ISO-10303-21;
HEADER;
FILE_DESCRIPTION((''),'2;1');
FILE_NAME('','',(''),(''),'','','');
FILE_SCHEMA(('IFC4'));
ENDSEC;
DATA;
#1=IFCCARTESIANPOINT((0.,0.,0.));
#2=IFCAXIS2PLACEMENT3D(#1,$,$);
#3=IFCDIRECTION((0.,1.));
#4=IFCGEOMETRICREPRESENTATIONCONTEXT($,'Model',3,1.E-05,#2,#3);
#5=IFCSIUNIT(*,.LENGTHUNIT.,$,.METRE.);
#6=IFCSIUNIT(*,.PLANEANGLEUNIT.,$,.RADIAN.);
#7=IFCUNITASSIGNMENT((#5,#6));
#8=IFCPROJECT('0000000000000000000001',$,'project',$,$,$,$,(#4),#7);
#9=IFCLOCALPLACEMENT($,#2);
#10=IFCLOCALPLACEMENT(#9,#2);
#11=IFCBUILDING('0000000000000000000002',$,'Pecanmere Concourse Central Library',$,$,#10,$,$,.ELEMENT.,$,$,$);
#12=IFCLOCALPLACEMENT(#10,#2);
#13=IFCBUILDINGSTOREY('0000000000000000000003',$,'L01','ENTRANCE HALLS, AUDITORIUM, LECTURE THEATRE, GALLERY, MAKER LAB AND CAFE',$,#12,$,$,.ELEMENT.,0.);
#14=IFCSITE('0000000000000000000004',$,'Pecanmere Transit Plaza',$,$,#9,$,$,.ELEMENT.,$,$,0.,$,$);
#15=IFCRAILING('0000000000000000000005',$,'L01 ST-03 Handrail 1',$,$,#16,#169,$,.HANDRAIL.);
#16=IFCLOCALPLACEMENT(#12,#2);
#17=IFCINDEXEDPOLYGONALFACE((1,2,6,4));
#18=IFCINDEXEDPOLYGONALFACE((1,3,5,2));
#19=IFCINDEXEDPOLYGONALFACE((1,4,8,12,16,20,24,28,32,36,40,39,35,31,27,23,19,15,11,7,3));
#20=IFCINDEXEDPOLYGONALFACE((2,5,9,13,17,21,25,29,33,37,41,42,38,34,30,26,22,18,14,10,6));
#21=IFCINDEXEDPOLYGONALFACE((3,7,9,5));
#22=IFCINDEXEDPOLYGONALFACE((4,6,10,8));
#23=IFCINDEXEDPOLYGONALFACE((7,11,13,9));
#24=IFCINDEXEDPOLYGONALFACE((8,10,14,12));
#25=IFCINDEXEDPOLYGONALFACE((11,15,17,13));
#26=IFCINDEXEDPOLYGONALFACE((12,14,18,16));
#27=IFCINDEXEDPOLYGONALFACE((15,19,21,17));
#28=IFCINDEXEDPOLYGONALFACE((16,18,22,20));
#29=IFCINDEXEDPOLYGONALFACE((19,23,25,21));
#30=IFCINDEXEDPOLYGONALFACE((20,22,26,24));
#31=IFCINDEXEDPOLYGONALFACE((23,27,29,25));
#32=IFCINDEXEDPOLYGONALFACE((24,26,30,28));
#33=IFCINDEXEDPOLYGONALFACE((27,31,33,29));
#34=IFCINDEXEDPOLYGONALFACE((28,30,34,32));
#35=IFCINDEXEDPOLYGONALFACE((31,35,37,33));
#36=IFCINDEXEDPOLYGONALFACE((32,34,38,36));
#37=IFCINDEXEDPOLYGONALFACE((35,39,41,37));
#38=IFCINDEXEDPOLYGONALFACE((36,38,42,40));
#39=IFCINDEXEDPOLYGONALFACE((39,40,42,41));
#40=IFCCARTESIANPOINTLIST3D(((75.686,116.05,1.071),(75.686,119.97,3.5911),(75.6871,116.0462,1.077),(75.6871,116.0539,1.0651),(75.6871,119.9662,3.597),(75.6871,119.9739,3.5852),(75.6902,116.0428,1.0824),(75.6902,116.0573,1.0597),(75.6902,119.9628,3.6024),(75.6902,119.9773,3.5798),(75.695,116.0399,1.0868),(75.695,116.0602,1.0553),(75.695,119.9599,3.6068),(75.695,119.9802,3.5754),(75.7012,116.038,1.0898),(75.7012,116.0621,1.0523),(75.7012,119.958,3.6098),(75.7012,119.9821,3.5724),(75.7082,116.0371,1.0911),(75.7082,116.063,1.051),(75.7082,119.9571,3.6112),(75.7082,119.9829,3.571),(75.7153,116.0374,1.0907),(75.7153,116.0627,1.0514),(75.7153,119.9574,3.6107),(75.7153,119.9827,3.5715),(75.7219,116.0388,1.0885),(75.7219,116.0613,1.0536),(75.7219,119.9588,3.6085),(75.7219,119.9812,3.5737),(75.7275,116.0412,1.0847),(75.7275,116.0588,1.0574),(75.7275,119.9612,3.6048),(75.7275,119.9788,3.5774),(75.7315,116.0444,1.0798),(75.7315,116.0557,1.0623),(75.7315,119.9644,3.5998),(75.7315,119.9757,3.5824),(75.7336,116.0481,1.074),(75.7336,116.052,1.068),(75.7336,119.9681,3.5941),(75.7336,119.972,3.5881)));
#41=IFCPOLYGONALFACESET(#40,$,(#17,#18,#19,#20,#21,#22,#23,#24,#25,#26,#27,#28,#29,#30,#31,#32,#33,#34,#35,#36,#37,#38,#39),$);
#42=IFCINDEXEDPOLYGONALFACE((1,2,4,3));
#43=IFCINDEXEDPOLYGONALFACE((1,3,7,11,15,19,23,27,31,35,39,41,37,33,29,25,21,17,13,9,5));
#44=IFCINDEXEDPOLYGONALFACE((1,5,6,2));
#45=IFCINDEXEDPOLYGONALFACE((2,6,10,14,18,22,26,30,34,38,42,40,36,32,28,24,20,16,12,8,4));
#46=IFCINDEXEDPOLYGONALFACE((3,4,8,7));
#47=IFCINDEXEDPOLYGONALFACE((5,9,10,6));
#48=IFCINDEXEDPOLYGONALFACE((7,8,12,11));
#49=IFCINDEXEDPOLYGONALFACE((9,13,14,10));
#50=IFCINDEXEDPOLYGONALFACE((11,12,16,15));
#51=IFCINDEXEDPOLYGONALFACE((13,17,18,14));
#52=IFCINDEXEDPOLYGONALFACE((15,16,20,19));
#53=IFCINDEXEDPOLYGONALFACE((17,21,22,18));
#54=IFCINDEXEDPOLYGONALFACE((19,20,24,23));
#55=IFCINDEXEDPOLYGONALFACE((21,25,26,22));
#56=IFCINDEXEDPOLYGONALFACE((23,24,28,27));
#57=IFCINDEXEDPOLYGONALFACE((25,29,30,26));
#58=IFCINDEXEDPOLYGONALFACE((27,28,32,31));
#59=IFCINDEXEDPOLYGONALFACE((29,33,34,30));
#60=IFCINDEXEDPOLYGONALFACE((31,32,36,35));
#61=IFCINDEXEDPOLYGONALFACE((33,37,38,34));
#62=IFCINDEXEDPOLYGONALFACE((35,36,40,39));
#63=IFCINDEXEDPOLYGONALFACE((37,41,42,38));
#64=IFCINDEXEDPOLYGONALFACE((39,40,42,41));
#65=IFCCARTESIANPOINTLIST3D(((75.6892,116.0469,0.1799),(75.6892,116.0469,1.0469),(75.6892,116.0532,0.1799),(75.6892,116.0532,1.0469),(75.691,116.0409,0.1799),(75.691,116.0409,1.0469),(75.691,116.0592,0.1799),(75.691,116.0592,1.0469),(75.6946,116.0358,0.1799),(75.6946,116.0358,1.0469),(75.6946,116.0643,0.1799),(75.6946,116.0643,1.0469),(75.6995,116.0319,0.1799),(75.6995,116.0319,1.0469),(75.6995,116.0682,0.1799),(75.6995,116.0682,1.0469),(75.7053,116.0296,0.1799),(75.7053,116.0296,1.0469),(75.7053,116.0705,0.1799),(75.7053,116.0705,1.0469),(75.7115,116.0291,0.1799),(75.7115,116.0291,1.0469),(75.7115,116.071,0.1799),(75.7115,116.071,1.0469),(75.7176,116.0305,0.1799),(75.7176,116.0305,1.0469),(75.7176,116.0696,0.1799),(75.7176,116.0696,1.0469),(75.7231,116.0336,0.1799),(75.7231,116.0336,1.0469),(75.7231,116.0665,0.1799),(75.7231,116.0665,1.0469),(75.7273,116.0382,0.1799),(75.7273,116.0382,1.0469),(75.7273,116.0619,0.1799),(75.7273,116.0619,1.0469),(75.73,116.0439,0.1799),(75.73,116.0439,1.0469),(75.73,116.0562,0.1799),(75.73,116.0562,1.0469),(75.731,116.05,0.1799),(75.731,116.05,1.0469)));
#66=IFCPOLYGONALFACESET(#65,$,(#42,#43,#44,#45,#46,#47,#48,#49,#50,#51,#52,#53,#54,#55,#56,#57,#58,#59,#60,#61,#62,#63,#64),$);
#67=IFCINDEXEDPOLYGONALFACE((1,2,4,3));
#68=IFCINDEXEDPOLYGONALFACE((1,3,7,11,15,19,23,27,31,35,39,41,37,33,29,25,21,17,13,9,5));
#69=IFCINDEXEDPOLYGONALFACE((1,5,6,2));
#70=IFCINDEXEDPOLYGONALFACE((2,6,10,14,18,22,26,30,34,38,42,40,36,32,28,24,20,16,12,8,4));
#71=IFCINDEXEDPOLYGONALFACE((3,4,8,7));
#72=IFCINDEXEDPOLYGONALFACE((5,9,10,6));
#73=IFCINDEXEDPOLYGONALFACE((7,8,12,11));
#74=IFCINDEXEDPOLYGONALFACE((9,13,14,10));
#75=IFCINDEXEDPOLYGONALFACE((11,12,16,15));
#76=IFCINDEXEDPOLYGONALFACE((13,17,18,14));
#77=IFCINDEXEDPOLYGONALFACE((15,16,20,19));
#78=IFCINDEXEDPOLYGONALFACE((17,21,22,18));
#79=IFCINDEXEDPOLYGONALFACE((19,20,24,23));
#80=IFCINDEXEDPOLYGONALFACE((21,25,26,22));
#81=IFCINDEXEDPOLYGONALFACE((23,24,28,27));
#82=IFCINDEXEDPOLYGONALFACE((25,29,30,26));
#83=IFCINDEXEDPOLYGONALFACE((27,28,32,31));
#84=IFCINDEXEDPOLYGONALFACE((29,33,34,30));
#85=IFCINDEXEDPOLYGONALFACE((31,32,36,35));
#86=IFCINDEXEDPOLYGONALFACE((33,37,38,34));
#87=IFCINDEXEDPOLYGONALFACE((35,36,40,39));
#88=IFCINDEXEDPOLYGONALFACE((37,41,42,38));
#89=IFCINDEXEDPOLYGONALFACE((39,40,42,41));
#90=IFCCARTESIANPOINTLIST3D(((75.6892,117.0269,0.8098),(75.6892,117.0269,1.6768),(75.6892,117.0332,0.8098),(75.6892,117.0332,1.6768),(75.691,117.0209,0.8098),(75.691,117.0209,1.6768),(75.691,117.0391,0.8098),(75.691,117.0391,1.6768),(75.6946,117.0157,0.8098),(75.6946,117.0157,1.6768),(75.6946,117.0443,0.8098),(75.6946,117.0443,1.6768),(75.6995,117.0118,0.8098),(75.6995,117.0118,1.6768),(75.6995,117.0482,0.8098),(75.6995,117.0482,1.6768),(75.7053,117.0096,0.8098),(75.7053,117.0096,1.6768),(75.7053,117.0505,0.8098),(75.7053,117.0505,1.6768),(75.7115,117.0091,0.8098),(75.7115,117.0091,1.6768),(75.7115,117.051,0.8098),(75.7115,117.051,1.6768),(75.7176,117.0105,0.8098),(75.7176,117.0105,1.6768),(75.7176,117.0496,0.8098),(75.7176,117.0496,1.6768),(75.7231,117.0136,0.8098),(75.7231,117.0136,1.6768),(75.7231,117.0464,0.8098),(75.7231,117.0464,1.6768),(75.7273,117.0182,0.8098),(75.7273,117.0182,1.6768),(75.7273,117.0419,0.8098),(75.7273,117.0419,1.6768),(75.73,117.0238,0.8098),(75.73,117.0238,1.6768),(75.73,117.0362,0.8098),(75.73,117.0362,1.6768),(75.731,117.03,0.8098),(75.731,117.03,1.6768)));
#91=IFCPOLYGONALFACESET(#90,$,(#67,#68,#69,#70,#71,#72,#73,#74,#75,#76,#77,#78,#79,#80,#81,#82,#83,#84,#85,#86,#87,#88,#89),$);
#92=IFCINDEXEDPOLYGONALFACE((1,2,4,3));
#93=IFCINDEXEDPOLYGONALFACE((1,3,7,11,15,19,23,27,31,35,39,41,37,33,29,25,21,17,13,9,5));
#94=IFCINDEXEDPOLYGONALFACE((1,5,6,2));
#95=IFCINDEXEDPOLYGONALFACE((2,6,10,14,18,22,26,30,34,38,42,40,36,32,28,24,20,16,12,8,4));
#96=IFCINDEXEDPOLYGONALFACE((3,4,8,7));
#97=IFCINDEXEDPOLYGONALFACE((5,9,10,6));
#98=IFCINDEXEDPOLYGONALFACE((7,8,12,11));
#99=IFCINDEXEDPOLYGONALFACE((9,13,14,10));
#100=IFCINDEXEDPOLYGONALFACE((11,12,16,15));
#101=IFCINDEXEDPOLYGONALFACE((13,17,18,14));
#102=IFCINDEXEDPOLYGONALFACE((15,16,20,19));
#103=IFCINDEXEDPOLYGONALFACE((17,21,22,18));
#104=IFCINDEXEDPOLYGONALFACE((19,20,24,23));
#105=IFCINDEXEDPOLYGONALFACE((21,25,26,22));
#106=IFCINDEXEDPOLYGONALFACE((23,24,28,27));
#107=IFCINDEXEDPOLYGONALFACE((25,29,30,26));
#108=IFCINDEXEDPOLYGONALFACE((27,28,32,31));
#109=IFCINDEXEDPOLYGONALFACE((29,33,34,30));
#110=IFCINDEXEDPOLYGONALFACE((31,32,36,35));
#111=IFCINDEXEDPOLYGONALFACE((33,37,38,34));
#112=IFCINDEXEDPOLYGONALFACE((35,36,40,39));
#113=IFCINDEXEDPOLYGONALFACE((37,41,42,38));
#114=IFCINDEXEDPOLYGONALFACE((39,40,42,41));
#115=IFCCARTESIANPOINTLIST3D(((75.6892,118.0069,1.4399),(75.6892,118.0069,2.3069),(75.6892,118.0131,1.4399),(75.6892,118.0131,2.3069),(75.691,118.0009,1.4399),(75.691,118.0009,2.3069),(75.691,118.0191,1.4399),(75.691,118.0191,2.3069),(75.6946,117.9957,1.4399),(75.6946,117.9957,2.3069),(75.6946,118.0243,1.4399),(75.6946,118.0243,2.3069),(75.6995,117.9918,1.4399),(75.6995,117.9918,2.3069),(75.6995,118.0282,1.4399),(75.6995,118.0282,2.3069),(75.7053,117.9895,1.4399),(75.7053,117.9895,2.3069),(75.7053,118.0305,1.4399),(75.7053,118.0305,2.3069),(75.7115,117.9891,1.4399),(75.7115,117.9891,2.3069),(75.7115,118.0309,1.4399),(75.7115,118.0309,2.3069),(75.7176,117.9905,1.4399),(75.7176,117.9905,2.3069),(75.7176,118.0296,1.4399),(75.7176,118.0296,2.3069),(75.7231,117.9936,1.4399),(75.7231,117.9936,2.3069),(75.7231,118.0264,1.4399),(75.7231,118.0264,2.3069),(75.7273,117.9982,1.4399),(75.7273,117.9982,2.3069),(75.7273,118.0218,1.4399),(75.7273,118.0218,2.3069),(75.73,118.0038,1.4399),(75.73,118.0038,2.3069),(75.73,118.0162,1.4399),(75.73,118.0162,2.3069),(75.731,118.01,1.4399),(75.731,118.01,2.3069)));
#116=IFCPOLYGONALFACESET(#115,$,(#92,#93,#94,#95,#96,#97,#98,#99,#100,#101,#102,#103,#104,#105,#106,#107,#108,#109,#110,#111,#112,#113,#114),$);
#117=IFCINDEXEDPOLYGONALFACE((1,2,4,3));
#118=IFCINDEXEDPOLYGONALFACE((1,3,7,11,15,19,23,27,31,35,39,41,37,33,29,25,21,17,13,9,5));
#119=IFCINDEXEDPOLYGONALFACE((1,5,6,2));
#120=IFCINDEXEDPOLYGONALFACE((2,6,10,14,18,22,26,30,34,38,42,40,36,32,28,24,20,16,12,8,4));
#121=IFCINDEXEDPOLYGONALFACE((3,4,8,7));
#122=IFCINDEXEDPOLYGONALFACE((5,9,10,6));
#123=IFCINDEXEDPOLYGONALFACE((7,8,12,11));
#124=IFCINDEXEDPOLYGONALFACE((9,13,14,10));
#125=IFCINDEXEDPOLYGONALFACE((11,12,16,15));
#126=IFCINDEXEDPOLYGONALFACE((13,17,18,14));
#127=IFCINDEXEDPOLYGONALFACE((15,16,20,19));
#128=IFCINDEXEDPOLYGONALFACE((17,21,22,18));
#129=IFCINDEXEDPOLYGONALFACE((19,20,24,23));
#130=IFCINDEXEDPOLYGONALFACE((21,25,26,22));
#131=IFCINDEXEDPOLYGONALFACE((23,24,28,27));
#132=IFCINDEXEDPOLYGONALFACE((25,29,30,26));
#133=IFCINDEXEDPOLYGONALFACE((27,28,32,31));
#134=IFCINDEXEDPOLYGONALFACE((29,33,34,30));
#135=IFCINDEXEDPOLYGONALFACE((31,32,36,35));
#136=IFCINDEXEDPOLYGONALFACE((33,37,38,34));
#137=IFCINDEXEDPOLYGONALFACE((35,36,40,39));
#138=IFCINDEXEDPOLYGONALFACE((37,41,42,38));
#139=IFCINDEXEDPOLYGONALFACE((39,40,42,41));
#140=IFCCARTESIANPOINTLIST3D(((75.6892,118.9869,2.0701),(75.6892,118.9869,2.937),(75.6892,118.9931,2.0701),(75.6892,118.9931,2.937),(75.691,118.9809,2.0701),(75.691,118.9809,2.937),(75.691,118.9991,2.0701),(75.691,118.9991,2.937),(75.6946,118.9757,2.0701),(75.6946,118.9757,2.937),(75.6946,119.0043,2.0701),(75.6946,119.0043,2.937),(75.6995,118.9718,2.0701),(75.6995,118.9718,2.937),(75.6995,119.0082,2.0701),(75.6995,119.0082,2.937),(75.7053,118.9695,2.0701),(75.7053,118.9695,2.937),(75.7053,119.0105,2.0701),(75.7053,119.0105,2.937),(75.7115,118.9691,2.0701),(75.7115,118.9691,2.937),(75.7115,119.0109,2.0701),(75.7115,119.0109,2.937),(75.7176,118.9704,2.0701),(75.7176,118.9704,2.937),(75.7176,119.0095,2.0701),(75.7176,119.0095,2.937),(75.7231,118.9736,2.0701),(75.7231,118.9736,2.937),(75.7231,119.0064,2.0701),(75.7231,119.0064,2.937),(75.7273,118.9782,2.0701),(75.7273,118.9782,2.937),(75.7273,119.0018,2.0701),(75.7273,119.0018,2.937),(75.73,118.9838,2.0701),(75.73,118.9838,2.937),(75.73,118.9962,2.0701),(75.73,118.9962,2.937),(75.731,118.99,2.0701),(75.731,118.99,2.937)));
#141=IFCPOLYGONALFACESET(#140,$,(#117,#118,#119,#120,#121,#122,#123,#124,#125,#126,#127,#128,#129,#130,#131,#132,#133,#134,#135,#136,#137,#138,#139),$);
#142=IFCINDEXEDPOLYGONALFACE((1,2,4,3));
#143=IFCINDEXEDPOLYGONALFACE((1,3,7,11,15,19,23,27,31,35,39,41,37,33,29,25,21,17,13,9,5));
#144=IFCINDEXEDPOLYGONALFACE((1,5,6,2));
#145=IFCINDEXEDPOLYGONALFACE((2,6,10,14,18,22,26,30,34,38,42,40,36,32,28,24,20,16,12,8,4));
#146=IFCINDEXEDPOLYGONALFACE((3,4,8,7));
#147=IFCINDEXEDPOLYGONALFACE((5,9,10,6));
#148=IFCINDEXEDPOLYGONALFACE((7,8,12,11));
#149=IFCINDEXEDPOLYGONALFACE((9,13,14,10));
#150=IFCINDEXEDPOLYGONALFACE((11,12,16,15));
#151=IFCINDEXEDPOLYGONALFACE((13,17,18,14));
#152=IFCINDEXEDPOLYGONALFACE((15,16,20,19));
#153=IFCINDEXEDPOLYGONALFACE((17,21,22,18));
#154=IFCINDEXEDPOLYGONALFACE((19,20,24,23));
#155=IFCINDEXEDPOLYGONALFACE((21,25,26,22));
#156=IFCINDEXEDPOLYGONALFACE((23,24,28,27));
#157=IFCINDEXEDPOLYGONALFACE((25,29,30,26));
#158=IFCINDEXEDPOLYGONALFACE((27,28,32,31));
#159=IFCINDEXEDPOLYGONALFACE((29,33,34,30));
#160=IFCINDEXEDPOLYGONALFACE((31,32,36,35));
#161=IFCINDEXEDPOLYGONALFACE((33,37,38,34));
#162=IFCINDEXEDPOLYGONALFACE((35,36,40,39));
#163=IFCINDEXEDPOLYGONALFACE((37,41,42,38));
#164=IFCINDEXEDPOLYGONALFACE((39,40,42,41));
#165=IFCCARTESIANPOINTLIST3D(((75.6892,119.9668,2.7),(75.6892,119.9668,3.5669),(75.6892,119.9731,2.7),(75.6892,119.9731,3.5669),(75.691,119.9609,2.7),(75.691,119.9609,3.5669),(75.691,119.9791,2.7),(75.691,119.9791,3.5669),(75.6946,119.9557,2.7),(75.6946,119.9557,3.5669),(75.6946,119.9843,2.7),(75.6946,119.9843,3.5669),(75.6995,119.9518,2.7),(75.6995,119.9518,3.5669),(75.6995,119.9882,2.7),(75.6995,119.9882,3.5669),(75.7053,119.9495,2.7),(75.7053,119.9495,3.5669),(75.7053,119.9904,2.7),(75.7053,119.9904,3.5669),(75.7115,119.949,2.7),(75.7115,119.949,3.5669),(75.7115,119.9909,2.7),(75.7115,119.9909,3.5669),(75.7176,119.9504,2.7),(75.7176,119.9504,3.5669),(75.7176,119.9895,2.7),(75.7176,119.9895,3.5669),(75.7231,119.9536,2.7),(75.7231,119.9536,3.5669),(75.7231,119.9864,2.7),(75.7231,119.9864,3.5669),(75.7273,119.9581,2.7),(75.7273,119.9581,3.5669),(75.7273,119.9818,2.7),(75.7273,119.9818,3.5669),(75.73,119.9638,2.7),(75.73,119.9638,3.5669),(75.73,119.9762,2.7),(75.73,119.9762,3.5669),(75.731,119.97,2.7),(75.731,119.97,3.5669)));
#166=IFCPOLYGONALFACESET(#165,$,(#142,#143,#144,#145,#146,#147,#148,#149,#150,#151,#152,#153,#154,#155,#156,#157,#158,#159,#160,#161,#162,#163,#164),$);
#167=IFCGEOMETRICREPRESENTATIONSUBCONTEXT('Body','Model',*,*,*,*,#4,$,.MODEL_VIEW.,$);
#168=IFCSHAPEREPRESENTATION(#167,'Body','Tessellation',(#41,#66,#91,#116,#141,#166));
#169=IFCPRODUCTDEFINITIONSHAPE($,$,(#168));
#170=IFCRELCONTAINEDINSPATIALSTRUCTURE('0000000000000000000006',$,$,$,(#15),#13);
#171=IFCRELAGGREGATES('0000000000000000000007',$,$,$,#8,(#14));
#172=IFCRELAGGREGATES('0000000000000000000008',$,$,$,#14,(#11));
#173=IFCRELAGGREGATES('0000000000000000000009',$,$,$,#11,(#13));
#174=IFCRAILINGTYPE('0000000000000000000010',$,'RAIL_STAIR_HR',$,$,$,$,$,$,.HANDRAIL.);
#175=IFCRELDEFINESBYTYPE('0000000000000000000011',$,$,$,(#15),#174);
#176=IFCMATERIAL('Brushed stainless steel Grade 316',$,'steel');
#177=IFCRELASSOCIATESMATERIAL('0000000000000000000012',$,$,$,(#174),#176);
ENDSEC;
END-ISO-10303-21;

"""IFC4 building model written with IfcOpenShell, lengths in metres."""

from ifc_helpers import new_model, si_unit, direction, frame, origin, origin_2d, place, context, subcontext, project, spatial, circle, extrude, material, type_object, element, save


model = new_model("IFC4")

# Units and contexts
model_context = context("Model", 3, precision=1e-05, world=origin(), true_north=direction((0.0, 1.0)))
body_context = subcontext(model_context, "Body", "Model", "MODEL_VIEW")
ifc_project = project(units=[si_unit("LENGTHUNIT", "METRE"), si_unit("PLANEANGLEUNIT", "RADIAN")], contexts=[model_context])

# Site, building, storey
site_placement = place(None, origin())
site = spatial("IfcSite", under=ifc_project, at=site_placement, Name="Pecanmere Transit Plaza", CompositionType="ELEMENT", RefElevation=0.0)
building_placement = place(site_placement, origin())
building = spatial("IfcBuilding", under=site, at=building_placement, Name="Pecanmere Concourse Central Library", CompositionType="ELEMENT")
storey_placement = place(building_placement, origin())
storey = spatial("IfcBuildingStorey", under=building, at=storey_placement, Name="L01", Description="ENTRANCE HALLS, AUDITORIUM, LECTURE THEATRE, GALLERY, MAKER LAB AND CAFE", CompositionType="ELEMENT", Elevation=0.0)

# Railing
ifc_material_1 = material(Name="Brushed stainless steel Grade 316", Category="steel")
railing_type_1 = type_object("IfcRailingType", Name="RAIL_STAIR_HR", PredefinedType="HANDRAIL", material=ifc_material_1)
railing_1_placement = place(storey_placement, frame((75.71, 116.05, 0.1799)))
element("IfcRailing", 1, at=railing_1_placement, inside=storey, type_object=railing_type_1, Name="L01 ST-03 Handrail 1", PredefinedType="HANDRAIL", context=body_context, shape_type="SweptSolid", body=[
    extrude(circle(Radius=0.0239, at=origin_2d()), frame((0.0, 0.0, 0.8911), z_axis=(0.0, 0.841172, 0.540768), x_axis=(-1.0, 0.0, 0.0)), (0.0, 0.0, 1.0), 4.6602),
    extrude(circle(Radius=0.021, at=origin_2d()), origin(), (0.0, 0.0, 1.0), 0.8669),
    extrude(circle(Radius=0.021, at=origin_2d()), frame((0.0, 0.98, 0.6299)), (0.0, 0.0, 1.0), 0.8669),
    extrude(circle(Radius=0.021, at=origin_2d()), frame((0.0, 1.96, 1.26)), (0.0, 0.0, 1.0), 0.8669),
    extrude(circle(Radius=0.021, at=origin_2d()), frame((0.0, 2.9399, 1.8901)), (0.0, 0.0, 1.0), 0.8669),
    extrude(circle(Radius=0.021, at=origin_2d()), frame((0.0, 3.9199, 2.52)), (0.0, 0.0, 1.0), 0.8669),
])

save(model, "model.ifc")
